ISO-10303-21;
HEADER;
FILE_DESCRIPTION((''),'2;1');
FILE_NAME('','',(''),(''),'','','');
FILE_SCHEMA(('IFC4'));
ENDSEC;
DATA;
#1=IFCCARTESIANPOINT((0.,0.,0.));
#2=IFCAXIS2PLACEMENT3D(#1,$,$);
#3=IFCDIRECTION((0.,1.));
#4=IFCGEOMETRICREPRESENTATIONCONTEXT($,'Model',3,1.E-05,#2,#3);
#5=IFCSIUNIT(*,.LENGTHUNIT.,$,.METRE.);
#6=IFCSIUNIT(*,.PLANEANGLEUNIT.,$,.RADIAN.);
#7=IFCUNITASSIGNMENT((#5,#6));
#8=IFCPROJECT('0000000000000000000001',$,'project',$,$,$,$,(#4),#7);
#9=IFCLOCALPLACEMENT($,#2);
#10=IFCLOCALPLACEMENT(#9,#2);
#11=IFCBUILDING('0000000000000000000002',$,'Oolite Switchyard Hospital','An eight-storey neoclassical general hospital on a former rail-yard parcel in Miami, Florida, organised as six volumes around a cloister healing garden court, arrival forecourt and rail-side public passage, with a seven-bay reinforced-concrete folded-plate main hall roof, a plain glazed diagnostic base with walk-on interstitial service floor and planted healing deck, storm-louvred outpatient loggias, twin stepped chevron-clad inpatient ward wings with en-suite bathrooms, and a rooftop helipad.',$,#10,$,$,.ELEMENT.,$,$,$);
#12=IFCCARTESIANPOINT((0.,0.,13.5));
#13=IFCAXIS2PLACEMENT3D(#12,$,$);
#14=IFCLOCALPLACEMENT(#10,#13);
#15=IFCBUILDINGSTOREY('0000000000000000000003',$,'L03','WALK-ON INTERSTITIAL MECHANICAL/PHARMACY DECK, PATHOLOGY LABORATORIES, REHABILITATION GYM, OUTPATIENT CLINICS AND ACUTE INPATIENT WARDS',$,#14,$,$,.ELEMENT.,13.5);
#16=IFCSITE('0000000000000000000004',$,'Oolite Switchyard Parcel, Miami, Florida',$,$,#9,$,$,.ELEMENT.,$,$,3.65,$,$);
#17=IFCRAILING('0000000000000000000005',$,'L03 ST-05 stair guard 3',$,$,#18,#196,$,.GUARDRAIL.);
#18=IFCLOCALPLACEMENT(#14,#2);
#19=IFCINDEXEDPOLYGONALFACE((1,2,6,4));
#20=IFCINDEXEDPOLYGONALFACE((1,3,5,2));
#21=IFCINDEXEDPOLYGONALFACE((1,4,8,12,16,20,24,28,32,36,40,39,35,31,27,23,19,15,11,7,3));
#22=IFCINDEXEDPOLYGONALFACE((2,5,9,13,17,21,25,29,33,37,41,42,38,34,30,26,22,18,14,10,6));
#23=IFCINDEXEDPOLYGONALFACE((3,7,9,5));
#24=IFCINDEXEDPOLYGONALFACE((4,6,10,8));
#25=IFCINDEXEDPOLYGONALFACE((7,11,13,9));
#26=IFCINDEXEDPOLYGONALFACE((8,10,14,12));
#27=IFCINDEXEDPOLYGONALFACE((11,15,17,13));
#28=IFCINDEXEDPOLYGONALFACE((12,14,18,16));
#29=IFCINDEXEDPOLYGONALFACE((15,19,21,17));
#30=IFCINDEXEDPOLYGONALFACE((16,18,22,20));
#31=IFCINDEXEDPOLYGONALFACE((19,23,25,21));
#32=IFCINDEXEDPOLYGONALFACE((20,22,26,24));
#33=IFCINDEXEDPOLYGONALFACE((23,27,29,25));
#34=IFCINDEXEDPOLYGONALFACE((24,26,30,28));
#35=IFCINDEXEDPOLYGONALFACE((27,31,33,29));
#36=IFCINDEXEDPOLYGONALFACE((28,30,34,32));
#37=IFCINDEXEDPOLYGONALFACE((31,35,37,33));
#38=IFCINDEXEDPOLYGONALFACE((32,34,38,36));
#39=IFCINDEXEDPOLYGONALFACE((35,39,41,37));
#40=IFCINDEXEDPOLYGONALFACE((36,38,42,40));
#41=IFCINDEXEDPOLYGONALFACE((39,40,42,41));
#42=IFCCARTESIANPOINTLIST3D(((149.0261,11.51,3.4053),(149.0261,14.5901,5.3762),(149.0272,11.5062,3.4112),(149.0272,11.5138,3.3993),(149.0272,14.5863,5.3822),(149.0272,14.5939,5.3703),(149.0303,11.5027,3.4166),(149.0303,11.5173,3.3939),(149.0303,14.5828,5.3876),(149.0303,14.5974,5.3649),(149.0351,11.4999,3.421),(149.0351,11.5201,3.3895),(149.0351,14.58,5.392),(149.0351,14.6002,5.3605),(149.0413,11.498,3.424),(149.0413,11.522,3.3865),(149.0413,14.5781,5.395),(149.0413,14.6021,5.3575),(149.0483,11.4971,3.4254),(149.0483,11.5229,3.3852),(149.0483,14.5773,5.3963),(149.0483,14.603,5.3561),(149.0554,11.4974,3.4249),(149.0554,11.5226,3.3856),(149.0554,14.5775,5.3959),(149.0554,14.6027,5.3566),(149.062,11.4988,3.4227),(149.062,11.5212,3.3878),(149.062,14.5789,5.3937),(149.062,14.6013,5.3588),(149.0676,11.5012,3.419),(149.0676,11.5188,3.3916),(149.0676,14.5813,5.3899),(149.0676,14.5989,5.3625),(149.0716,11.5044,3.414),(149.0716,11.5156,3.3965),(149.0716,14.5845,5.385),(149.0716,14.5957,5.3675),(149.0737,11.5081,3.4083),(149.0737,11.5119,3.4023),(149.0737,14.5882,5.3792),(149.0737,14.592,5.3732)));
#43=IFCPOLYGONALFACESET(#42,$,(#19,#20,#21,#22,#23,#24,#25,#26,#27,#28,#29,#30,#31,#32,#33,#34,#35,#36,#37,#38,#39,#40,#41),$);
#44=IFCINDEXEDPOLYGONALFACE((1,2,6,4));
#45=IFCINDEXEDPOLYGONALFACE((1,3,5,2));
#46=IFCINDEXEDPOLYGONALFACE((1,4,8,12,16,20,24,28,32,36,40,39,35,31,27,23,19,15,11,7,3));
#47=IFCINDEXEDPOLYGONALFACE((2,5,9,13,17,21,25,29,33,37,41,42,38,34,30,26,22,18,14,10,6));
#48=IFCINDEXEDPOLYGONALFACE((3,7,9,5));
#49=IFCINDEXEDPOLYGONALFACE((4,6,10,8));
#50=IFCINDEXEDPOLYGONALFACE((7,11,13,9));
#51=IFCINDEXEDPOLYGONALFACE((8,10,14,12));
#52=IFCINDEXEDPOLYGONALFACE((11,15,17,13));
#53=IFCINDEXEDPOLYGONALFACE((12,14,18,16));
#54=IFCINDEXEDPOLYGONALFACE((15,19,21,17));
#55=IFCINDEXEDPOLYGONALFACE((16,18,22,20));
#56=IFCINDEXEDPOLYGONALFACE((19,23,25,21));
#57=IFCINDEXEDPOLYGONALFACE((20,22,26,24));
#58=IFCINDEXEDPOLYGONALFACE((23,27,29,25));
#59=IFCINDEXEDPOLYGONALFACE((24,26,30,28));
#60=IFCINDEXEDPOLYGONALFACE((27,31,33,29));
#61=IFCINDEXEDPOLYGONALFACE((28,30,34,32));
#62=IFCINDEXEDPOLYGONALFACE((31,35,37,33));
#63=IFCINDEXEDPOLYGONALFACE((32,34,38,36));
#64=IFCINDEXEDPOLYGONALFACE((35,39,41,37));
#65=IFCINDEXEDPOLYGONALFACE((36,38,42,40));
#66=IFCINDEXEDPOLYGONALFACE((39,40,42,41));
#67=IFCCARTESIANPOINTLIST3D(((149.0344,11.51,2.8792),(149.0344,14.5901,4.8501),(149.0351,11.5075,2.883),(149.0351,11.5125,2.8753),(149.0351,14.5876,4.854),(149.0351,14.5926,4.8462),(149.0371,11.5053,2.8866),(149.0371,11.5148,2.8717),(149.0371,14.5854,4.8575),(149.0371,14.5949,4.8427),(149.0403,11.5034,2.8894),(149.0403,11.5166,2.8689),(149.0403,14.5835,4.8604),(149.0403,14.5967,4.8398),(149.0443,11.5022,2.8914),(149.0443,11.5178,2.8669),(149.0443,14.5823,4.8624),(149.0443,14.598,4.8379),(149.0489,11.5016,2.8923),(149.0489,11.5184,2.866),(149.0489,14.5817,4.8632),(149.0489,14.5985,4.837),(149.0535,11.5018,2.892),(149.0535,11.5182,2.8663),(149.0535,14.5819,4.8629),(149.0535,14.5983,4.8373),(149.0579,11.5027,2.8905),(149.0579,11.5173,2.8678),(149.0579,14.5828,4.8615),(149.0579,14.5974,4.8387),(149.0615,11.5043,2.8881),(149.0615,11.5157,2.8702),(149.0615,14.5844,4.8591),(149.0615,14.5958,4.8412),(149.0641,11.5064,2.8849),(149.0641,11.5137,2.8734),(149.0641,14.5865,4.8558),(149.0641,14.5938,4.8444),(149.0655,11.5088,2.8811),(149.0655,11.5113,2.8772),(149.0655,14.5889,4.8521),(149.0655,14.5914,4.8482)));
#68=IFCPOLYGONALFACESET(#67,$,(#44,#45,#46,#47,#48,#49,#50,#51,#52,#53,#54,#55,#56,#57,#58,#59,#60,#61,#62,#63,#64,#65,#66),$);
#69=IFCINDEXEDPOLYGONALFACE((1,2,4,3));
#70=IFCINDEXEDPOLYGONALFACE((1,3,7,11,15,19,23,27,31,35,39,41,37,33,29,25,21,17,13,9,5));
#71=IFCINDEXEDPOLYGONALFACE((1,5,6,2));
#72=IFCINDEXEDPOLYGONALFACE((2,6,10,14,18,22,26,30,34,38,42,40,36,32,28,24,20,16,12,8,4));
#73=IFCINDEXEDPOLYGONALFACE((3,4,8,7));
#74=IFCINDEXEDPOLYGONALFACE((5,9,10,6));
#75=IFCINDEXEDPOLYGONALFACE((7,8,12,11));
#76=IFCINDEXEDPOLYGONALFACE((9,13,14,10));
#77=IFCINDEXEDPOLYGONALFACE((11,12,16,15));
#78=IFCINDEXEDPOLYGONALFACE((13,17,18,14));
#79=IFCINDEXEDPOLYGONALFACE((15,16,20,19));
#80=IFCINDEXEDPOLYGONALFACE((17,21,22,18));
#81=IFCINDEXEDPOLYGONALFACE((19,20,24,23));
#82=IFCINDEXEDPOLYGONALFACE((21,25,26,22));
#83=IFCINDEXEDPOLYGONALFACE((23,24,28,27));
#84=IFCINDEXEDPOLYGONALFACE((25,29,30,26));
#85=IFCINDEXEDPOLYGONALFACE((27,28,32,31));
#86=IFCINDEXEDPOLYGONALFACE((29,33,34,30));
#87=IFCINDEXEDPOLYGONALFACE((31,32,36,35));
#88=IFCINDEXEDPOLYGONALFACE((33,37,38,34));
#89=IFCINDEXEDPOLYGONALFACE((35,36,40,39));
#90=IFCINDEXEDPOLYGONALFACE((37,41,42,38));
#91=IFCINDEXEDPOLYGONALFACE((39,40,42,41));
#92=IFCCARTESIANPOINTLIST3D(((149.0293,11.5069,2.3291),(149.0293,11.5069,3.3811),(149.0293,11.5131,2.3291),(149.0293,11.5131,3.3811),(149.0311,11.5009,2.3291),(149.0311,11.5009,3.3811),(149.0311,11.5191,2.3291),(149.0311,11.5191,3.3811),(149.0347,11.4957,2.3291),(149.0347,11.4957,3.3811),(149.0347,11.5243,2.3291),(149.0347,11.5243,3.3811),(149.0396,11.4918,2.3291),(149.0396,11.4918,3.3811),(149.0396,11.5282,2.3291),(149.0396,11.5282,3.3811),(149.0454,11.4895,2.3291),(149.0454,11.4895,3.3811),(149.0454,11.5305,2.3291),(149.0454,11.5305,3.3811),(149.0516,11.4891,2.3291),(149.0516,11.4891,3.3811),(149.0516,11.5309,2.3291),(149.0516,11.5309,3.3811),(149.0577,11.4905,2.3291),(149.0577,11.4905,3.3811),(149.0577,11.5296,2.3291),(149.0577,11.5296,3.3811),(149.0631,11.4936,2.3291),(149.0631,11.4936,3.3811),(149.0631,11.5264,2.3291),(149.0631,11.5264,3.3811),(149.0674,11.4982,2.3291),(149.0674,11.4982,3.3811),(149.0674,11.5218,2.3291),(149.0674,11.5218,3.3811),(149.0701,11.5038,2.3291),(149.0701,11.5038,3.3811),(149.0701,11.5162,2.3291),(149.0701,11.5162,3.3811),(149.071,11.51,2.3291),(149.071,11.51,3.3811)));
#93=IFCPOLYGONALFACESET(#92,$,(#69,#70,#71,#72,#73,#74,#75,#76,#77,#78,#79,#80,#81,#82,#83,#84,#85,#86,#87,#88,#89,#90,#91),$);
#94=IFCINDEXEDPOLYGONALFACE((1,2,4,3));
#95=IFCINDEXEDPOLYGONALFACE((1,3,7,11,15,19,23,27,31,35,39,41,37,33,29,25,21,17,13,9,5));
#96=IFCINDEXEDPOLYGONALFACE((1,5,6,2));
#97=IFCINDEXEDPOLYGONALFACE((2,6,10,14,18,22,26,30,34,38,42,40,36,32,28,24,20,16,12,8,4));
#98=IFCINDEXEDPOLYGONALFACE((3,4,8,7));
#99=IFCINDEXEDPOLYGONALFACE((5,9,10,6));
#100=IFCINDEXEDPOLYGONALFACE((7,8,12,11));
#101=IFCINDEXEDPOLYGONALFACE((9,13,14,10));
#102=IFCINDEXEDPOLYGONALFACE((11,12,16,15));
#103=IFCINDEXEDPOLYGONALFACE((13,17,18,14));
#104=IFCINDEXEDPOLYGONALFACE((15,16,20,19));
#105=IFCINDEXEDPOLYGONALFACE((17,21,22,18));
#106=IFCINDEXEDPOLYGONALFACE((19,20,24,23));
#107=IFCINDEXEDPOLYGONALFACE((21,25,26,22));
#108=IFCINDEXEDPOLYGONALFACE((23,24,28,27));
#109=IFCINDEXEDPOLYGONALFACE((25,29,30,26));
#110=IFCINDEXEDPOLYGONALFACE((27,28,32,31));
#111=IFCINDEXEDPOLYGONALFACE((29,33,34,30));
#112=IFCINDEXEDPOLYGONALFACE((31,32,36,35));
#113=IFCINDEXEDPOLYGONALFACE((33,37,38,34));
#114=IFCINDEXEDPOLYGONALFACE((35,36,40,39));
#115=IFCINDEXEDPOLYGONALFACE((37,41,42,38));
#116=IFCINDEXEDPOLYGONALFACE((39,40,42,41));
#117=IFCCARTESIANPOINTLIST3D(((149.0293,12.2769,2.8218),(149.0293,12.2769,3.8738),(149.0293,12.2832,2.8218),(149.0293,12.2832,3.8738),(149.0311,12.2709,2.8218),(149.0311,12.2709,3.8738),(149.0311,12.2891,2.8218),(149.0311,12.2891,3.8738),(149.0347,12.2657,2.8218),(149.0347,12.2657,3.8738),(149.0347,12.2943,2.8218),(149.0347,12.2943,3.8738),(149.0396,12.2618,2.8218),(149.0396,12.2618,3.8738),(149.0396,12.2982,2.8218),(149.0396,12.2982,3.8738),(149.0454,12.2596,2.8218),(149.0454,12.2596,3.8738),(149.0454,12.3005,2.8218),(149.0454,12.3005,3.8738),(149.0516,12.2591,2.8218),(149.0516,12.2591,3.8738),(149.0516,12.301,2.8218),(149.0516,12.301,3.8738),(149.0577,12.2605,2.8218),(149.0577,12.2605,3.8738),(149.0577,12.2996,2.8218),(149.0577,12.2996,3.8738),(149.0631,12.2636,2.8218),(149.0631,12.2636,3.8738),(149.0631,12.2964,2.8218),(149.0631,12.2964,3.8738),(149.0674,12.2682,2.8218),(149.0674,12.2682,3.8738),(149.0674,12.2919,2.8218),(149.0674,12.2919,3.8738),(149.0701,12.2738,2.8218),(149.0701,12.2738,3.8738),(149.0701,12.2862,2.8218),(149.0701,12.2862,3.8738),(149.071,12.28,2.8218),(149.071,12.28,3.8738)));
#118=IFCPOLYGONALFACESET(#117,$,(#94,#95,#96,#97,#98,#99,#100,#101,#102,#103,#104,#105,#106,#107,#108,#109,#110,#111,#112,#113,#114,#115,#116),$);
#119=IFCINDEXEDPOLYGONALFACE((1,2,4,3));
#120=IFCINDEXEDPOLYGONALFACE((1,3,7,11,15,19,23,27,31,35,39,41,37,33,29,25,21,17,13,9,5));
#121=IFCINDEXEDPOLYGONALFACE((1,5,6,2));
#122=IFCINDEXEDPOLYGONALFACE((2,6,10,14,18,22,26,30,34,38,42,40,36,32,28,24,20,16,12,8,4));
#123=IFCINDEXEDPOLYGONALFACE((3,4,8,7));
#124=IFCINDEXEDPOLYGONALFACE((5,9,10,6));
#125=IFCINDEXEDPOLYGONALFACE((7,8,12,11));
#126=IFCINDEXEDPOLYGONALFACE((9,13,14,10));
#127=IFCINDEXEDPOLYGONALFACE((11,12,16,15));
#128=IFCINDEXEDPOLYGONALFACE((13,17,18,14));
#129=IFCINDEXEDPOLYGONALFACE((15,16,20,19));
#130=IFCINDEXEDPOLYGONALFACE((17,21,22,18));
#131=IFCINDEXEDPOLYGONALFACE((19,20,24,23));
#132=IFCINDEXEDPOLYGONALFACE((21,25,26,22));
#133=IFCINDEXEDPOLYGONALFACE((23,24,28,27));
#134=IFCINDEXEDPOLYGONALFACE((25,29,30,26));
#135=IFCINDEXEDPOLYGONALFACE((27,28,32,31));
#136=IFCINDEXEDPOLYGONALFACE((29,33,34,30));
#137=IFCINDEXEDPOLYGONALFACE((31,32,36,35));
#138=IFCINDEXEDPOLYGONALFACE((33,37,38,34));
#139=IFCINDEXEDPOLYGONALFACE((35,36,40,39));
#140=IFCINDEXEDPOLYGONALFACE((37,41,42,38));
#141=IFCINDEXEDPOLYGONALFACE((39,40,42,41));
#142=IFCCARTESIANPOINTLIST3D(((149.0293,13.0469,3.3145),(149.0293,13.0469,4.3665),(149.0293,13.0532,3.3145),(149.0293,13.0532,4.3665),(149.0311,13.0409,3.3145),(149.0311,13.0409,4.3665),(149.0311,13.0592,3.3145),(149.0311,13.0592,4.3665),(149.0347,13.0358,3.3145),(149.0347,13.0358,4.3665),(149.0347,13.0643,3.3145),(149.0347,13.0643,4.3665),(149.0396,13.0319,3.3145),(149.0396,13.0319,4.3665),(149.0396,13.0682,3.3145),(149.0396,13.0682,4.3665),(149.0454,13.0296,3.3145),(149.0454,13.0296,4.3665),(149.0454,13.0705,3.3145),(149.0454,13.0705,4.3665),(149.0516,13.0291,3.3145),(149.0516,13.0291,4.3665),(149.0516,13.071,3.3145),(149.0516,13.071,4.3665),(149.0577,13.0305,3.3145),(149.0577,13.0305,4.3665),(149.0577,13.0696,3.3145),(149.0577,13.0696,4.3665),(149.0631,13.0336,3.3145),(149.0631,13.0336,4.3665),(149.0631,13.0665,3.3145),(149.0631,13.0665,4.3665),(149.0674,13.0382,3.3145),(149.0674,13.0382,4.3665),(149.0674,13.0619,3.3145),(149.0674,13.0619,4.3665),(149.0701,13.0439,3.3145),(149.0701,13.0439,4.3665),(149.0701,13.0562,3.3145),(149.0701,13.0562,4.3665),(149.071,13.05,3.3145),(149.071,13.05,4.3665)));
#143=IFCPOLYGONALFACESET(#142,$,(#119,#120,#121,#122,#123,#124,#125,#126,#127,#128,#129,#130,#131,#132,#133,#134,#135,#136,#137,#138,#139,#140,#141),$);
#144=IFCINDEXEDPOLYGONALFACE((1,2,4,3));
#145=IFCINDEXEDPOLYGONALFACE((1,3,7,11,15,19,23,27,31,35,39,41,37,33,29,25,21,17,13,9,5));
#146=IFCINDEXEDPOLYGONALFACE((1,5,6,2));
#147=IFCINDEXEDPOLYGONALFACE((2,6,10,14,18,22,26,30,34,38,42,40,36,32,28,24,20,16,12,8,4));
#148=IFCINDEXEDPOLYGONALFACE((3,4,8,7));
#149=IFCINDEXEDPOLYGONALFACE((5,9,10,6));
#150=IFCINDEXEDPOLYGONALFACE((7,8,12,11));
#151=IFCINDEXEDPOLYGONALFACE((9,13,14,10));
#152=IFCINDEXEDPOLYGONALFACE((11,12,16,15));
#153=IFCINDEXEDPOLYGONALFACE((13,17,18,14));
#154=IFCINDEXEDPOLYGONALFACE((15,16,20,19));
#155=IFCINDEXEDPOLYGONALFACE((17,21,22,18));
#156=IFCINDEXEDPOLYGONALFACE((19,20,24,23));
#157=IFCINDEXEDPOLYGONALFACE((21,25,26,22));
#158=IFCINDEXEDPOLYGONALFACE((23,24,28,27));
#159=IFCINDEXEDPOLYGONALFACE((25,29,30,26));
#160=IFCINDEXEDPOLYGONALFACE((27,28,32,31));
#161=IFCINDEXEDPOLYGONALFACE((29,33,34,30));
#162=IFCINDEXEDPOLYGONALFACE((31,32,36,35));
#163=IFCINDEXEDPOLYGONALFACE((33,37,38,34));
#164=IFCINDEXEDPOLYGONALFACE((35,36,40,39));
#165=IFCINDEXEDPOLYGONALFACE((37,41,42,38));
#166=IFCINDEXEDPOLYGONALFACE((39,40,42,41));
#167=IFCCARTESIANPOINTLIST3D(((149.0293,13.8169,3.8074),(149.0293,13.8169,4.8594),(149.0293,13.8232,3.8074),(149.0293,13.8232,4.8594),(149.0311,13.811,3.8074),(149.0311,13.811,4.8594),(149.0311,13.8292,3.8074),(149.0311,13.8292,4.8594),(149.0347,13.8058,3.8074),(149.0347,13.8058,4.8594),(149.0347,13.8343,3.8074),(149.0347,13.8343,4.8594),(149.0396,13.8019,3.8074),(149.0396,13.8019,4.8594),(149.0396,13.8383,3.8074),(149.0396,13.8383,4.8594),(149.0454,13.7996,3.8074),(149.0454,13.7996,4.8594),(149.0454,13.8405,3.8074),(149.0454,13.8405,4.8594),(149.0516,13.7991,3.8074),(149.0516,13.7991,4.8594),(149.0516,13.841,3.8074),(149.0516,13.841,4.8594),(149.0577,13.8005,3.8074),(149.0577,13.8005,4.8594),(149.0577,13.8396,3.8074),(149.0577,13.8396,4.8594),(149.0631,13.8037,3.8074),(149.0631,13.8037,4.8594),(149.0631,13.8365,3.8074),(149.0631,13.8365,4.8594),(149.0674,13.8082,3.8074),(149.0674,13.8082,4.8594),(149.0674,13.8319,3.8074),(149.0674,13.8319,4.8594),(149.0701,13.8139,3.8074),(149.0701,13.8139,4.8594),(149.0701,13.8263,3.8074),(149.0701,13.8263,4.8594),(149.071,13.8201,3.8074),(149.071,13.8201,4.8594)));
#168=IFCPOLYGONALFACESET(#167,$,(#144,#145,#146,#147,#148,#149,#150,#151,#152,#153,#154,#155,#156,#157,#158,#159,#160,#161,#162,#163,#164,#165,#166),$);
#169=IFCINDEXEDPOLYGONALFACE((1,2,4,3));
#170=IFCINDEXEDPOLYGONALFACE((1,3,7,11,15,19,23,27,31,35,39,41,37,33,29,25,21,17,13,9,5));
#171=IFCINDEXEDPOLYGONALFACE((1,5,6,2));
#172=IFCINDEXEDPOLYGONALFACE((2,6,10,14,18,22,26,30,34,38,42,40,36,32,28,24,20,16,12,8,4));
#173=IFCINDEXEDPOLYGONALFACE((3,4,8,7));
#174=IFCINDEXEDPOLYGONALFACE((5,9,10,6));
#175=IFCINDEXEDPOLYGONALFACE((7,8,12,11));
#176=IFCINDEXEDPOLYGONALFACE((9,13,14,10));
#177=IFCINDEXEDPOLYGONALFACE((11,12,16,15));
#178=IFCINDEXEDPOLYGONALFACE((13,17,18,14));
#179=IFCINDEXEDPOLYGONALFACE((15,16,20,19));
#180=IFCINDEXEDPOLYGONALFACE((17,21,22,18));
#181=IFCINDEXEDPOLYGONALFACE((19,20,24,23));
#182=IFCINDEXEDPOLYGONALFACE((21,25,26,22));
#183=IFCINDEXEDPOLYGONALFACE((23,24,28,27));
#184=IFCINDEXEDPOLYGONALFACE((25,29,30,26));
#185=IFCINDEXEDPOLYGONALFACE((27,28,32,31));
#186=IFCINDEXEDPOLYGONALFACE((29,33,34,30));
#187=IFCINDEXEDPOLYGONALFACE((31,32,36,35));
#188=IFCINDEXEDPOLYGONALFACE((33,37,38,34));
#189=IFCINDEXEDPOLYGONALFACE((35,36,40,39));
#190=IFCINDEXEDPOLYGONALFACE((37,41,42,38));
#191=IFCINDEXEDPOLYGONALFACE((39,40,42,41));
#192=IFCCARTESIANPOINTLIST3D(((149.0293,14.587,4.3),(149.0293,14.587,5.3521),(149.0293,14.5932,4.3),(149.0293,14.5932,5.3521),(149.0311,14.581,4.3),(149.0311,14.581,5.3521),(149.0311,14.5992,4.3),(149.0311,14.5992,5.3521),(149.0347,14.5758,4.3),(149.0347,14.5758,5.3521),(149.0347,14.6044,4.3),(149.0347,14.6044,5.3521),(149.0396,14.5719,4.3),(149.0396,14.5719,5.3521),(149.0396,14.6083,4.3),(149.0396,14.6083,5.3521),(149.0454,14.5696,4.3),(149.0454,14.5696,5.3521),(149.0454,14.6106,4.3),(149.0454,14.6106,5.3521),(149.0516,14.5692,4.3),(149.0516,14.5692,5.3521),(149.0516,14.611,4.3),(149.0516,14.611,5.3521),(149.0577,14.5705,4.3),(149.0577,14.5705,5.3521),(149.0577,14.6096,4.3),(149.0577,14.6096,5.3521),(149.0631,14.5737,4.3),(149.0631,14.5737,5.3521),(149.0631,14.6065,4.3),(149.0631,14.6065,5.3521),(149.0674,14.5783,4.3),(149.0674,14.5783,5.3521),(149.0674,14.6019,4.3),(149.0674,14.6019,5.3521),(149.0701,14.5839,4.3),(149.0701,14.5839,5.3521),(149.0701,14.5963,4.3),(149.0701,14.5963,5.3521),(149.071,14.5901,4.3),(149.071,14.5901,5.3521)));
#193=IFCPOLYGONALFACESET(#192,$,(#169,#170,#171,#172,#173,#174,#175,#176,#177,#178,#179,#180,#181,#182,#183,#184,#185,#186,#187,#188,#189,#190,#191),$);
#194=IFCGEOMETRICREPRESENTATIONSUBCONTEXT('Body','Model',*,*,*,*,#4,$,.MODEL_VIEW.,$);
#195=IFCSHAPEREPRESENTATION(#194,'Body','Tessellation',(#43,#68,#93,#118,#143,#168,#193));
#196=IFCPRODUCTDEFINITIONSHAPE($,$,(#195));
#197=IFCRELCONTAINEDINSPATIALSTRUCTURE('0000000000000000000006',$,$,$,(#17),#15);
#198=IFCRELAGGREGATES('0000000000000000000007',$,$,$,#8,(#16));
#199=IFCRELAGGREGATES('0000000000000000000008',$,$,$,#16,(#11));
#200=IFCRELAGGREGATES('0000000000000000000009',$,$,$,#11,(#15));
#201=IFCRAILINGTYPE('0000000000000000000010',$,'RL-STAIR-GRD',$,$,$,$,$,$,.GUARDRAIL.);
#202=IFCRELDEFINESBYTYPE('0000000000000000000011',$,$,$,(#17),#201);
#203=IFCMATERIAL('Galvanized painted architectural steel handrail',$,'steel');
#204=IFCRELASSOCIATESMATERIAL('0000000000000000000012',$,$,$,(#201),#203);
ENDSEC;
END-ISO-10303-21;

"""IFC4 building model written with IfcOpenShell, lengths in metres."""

from ifc_helpers import new_model, si_unit, direction, frame, origin, origin_2d, place, context, subcontext, project, spatial, circle, extrude, material, type_object, element, save


model = new_model("IFC4")

# Units and contexts
model_context = context("Model", 3, precision=1e-05, world=origin(), true_north=direction((0.0, 1.0)))
body_context = subcontext(model_context, "Body", "Model", "MODEL_VIEW")
ifc_project = project(units=[si_unit("LENGTHUNIT", "METRE"), si_unit("PLANEANGLEUNIT", "RADIAN")], contexts=[model_context])

# Site, building, storey
site_placement = place(None, origin())
site = spatial("IfcSite", under=ifc_project, at=site_placement, Name="Oolite Switchyard Parcel, Miami, Florida", CompositionType="ELEMENT", RefElevation=3.65)
building_placement = place(site_placement, origin())
building = spatial("IfcBuilding", under=site, at=building_placement, Name="Oolite Switchyard Hospital", Description="An eight-storey neoclassical general hospital on a former rail-yard parcel in Miami, Florida, organised as six volumes around a cloister healing garden court, arrival forecourt and rail-side public passage, with a seven-bay reinforced-concrete folded-plate main hall roof, a plain glazed diagnostic base with walk-on interstitial service floor and planted healing deck, storm-louvred outpatient loggias, twin stepped chevron-clad inpatient ward wings with en-suite bathrooms, and a rooftop helipad.", CompositionType="ELEMENT")
storey_placement = place(building_placement, frame((0.0, 0.0, 13.5)))
storey = spatial("IfcBuildingStorey", under=building, at=storey_placement, Name="L03", Description="WALK-ON INTERSTITIAL MECHANICAL/PHARMACY DECK, PATHOLOGY LABORATORIES, REHABILITATION GYM, OUTPATIENT CLINICS AND ACUTE INPATIENT WARDS", CompositionType="ELEMENT", Elevation=13.5)

# Railing
ifc_material_1 = material(Name="Galvanized painted architectural steel handrail", Category="steel")
railing_type_1 = type_object("IfcRailingType", Name="RL-STAIR-GRD", PredefinedType="GUARDRAIL", material=ifc_material_1)
railing_1_placement = place(storey_placement, frame((149.05, 11.51, 2.3291)))
element("IfcRailing", 1, at=railing_1_placement, inside=storey, type_object=railing_type_1, Name="L03 ST-05 stair guard 3", PredefinedType="GUARDRAIL", context=body_context, shape_type="SweptSolid", body=[
    extrude(circle(Radius=0.0239, at=origin_2d()), frame((0.0, 0.0, 1.0762), z_axis=(0.0, 0.842309, 0.538995), x_axis=(-1.0, 0.0, 0.0)), (0.0, 0.0, 1.0), 3.6567),
    extrude(circle(Radius=0.0156, at=origin_2d()), frame((0.0, 0.0, 0.55), z_axis=(0.0, 0.842309, 0.538995), x_axis=(-1.0, 0.0, 0.0)), (0.0, 0.0, 1.0), 3.6567),
    extrude(circle(Radius=0.021, at=origin_2d()), origin(), (0.0, 0.0, 1.0), 1.052),
    extrude(circle(Radius=0.021, at=origin_2d()), frame((0.0, 0.77, 0.4927)), (0.0, 0.0, 1.0), 1.052),
    extrude(circle(Radius=0.021, at=origin_2d()), frame((0.0, 1.54, 0.9854)), (0.0, 0.0, 1.0), 1.052),
    extrude(circle(Radius=0.021, at=origin_2d()), frame((0.0, 2.3101, 1.4783)), (0.0, 0.0, 1.0), 1.052),
    extrude(circle(Radius=0.021, at=origin_2d()), frame((0.0, 3.0801, 1.9709)), (0.0, 0.0, 1.0), 1.052),
])

save(model, "model.ifc")
